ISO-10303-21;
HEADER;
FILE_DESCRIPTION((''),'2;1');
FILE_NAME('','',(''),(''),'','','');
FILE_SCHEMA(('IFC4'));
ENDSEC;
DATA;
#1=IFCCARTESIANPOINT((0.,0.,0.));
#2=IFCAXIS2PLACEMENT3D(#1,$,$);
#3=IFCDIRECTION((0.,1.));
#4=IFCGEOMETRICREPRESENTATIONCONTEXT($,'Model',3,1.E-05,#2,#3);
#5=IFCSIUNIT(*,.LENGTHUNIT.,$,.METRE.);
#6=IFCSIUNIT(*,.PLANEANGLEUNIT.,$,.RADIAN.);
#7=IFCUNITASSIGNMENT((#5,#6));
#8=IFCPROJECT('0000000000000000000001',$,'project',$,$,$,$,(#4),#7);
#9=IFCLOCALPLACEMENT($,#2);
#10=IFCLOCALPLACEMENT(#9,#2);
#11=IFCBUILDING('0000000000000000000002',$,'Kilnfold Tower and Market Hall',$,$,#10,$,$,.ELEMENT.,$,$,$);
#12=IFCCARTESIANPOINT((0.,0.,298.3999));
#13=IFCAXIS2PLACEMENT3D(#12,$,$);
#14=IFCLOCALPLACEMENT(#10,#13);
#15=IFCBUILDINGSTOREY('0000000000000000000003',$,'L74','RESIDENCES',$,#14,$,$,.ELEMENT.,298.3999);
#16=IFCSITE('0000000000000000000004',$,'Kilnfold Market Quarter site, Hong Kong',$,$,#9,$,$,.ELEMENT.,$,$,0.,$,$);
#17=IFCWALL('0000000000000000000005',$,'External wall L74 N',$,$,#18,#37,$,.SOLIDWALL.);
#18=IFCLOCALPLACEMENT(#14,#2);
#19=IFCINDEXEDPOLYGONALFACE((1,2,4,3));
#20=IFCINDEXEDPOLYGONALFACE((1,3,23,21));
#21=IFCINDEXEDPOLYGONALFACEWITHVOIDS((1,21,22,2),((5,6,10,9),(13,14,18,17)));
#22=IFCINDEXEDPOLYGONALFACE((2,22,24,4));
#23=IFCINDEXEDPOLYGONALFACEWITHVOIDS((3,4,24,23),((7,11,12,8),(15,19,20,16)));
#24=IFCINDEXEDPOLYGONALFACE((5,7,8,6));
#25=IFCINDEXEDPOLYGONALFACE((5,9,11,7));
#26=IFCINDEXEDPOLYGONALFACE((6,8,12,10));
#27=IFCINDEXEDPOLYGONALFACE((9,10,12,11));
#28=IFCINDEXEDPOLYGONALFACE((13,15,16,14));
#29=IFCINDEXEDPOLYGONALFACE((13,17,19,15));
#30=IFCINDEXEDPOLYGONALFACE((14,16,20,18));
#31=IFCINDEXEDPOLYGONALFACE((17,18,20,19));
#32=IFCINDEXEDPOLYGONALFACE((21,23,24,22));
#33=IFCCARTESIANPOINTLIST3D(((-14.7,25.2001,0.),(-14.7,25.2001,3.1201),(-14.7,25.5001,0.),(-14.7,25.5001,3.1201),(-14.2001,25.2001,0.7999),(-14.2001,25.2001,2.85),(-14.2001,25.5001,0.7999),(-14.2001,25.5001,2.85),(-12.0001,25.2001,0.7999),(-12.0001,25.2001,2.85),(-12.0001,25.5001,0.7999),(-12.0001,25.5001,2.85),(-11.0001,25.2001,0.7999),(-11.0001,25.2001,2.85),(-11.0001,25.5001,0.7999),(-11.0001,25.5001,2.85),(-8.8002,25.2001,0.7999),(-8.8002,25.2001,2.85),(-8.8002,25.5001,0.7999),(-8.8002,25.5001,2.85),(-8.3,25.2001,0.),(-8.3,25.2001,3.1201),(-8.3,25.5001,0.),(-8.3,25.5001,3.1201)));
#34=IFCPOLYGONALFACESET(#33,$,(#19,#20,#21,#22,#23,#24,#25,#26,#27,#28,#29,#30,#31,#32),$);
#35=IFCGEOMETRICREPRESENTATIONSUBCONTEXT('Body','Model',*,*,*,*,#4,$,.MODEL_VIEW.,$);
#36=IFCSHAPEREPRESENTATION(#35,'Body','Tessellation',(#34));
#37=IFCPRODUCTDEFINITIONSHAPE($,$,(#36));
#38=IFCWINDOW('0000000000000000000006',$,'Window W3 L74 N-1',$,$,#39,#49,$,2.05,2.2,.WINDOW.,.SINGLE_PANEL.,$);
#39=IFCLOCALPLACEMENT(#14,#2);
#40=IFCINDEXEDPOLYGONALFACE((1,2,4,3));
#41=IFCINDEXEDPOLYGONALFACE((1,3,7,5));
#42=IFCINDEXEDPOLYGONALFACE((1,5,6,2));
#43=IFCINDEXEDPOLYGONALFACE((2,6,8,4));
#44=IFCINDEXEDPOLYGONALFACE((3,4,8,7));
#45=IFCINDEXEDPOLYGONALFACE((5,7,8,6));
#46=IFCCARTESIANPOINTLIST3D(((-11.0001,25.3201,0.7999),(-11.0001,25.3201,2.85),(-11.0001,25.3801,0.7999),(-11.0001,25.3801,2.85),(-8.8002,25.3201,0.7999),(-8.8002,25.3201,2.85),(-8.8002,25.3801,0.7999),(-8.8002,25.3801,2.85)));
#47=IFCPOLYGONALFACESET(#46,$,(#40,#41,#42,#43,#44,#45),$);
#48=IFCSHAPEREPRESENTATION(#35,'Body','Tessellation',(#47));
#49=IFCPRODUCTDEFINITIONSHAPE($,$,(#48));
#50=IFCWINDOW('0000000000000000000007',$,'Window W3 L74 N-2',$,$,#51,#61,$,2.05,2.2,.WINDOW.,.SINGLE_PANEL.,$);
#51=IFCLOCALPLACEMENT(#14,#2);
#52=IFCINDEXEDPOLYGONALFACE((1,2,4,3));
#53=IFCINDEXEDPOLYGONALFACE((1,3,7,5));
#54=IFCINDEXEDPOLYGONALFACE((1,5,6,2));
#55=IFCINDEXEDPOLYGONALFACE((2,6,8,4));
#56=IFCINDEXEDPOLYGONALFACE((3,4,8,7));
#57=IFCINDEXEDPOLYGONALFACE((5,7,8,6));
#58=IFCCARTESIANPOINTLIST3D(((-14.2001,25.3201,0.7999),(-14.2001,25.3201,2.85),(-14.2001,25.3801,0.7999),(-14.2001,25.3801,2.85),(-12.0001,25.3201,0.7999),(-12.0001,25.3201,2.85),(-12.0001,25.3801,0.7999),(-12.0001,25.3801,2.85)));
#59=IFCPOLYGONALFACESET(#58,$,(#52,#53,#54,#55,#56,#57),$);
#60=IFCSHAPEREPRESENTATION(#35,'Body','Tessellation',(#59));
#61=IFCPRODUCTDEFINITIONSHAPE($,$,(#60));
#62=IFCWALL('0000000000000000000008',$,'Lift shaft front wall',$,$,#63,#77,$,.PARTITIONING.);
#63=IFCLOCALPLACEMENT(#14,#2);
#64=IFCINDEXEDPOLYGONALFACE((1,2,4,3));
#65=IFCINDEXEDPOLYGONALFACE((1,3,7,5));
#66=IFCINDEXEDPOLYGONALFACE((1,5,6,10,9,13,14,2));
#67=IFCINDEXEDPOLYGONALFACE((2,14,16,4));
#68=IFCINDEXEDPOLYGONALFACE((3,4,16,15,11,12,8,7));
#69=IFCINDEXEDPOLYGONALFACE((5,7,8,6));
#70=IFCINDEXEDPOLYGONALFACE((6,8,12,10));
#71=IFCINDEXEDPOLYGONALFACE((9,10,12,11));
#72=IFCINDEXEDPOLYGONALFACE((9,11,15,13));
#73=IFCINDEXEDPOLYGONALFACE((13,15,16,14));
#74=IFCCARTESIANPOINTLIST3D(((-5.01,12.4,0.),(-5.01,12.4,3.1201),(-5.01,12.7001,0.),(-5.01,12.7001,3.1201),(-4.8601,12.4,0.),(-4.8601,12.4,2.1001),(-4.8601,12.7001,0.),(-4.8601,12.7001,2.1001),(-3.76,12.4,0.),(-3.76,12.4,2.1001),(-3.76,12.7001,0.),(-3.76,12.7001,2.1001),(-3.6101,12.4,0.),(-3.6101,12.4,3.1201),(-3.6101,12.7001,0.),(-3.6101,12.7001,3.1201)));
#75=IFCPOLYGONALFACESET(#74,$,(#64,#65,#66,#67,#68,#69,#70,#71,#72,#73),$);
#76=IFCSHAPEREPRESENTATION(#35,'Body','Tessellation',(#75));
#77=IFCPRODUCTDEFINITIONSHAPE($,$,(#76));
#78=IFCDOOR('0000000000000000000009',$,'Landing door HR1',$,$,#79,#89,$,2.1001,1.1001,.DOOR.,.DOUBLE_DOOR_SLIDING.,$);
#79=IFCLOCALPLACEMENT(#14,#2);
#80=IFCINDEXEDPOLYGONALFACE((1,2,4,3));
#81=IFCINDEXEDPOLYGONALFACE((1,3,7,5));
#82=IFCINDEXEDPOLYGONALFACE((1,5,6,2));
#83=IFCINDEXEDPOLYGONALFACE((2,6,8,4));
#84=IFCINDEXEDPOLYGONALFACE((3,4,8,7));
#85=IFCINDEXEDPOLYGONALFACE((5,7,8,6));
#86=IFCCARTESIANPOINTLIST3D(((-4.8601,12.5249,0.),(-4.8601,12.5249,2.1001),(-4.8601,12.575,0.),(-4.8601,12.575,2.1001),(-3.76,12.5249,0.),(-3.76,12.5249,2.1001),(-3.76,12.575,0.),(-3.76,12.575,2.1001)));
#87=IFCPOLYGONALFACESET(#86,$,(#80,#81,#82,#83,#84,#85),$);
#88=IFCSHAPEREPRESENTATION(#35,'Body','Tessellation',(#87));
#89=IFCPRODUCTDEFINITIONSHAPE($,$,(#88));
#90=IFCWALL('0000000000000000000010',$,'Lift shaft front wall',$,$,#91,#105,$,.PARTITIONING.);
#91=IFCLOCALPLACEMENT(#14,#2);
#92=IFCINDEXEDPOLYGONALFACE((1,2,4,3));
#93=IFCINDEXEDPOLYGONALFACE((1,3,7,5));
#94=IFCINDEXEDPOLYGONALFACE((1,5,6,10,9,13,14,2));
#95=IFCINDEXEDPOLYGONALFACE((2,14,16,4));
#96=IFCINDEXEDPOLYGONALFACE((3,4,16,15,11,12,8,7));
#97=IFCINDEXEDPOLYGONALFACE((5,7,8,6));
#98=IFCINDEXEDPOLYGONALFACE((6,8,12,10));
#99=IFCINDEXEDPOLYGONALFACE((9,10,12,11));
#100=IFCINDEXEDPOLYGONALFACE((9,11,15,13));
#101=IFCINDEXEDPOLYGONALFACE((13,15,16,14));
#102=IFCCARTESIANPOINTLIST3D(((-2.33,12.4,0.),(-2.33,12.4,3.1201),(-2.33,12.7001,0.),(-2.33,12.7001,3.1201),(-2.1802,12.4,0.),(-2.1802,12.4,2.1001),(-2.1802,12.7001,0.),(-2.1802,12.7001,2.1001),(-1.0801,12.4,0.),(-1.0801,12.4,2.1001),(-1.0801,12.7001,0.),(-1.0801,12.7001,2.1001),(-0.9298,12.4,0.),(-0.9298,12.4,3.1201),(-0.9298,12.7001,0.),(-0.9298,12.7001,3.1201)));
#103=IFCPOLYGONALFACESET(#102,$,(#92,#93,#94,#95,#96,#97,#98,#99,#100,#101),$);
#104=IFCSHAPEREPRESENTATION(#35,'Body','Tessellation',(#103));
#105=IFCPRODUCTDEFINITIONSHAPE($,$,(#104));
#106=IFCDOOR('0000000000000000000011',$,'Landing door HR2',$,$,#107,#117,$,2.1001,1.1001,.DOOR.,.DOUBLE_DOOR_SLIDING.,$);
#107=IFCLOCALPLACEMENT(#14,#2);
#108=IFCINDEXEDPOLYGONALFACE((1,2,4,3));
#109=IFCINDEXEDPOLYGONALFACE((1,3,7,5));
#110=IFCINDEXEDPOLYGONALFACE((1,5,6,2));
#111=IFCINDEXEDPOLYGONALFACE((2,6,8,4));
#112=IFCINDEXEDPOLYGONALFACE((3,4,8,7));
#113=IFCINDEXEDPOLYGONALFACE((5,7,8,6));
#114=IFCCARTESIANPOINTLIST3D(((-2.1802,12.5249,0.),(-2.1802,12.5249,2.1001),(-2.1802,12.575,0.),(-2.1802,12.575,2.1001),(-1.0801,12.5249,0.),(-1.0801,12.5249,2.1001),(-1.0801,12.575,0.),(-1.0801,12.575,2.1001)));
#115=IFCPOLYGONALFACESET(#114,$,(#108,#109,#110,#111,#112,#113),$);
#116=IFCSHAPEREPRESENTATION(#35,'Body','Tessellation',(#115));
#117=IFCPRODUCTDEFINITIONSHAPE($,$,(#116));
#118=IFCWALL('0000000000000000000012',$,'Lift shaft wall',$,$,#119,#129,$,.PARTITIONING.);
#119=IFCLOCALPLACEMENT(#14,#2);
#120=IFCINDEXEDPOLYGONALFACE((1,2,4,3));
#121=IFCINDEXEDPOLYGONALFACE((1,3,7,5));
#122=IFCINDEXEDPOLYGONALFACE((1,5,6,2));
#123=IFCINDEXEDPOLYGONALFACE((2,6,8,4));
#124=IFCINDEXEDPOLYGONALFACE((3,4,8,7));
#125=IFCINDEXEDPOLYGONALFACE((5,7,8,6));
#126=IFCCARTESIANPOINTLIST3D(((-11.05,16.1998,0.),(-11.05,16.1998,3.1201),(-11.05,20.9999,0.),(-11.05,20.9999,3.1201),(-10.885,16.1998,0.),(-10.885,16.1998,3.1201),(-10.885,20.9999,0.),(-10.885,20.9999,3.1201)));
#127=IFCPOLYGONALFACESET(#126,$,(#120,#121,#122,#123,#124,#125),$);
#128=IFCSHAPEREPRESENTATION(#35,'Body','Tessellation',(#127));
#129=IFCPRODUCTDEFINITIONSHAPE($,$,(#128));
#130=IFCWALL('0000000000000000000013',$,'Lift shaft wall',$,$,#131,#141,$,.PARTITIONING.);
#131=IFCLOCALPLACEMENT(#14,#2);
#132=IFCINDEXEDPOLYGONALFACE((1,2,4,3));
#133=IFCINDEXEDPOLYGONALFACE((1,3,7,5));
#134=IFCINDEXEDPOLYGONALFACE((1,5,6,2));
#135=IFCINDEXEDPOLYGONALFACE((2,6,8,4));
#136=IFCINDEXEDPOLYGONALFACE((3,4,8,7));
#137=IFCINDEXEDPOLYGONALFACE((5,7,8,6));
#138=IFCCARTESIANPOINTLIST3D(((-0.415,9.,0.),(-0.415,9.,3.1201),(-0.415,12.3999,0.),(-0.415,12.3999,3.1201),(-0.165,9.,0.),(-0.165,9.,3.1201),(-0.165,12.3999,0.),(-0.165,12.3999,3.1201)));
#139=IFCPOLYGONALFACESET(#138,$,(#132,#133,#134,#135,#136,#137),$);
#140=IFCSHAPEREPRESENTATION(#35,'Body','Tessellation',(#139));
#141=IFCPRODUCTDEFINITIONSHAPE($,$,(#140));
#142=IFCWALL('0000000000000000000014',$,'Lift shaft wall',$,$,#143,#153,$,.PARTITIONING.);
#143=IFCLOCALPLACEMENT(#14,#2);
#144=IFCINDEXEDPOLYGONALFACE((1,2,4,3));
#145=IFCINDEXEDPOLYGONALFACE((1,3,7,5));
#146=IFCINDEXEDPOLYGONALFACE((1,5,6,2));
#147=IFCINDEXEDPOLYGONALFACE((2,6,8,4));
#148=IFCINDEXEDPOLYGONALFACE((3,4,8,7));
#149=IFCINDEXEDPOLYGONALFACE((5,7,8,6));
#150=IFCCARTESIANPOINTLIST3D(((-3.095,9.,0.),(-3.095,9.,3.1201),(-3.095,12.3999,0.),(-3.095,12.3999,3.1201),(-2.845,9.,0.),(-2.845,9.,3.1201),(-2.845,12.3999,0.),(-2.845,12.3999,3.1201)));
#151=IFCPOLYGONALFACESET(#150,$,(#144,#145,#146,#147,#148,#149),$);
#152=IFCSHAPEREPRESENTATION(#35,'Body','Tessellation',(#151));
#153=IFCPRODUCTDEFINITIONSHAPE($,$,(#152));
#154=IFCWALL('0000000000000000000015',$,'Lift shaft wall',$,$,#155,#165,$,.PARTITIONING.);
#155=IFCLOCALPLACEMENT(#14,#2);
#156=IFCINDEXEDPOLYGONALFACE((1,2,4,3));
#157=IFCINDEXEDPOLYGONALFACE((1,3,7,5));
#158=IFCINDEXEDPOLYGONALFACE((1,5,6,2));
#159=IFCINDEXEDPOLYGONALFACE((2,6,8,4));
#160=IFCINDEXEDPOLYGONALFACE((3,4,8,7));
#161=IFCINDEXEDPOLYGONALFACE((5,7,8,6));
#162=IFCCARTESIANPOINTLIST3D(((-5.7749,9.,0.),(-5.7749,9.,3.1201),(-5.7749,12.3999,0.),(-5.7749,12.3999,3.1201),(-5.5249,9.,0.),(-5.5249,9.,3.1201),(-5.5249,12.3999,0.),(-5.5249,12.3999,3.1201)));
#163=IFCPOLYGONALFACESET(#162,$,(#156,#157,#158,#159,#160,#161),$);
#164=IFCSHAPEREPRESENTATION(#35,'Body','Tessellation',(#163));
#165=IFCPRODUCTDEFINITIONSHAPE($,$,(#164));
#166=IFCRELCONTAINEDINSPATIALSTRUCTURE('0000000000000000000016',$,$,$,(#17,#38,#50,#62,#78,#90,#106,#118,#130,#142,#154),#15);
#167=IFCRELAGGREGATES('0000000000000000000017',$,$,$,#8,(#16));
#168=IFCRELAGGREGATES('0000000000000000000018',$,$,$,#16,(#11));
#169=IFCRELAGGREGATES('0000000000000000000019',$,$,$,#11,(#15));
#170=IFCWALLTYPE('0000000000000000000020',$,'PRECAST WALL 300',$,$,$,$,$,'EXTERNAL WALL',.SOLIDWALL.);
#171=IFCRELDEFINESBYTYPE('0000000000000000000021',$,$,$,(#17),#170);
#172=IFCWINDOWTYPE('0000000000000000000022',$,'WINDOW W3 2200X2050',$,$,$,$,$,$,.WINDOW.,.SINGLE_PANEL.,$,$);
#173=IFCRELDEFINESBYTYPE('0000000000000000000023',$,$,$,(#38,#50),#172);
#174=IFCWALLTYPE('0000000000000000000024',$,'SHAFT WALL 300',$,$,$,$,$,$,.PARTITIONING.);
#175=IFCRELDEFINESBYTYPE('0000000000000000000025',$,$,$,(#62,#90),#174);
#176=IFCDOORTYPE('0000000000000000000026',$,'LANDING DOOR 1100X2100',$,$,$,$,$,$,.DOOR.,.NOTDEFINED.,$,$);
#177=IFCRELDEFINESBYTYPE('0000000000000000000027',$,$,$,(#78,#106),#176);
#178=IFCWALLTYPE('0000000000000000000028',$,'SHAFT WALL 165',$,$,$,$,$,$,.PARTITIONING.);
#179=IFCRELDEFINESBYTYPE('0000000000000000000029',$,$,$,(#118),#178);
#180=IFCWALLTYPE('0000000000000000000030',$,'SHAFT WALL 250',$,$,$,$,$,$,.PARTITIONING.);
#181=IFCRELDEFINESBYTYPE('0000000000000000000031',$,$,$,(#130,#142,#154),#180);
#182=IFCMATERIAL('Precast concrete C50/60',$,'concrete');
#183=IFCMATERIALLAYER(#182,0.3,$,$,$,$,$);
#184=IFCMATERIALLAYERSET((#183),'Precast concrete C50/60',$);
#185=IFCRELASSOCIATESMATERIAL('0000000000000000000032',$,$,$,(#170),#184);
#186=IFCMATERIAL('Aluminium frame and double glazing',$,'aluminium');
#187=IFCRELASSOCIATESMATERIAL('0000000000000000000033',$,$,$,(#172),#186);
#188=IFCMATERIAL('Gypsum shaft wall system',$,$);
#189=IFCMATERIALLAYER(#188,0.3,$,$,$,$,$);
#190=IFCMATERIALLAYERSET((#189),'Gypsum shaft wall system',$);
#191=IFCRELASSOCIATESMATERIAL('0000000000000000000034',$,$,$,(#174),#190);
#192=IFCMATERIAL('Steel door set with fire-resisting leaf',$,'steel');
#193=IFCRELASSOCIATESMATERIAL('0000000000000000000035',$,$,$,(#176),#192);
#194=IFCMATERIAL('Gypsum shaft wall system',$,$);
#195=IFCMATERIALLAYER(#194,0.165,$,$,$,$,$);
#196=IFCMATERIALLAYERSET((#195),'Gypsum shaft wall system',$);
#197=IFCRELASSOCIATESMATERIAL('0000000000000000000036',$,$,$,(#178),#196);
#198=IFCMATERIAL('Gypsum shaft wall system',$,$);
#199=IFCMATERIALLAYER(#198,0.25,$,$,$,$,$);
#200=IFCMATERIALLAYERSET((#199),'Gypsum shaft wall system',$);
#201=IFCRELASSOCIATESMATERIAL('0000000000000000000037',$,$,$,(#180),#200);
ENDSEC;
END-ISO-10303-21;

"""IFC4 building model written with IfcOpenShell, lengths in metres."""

from ifc_helpers import new_model, si_unit, direction, frame, frame_2d, origin, place, context, subcontext, project, spatial, rectangle, extrude, source, transform, mapped, material, layer, layer_set, type_object, element, fill, save


model = new_model("IFC4")

# Units and contexts
model_context = context("Model", 3, precision=1e-05, world=origin(), true_north=direction((0.0, 1.0)))
body_context = subcontext(model_context, "Body", "Model", "MODEL_VIEW")
ifc_project = project(units=[si_unit("LENGTHUNIT", "METRE"), si_unit("PLANEANGLEUNIT", "RADIAN")], contexts=[model_context])

# Site, building, storey
site_placement = place(None, origin())
site = spatial("IfcSite", under=ifc_project, at=site_placement, Name="Kilnfold Market Quarter site, Hong Kong", CompositionType="ELEMENT", RefElevation=0.0)
building_placement = place(site_placement, origin())
building = spatial("IfcBuilding", under=site, at=building_placement, Name="Kilnfold Tower and Market Hall", CompositionType="ELEMENT")
storey_placement = place(building_placement, frame((0.0, 0.0, 298.3999)))
storey = spatial("IfcBuildingStorey", under=building, at=storey_placement, Name="L74", Description="RESIDENCES", CompositionType="ELEMENT", Elevation=298.3999)

# Wall, openings, windows
ifc_material_1 = material(Name="Precast concrete C50/60", Category="concrete")
ifc_layer_1 = layer(ifc_material_1, 0.3)
ifc_layer_set_1 = layer_set([ifc_layer_1], Name="Precast concrete C50/60")
wall_type_1 = type_object("IfcWallType", Name="PRECAST WALL 300", ElementType="EXTERNAL WALL", PredefinedType="SOLIDWALL", material=ifc_layer_set_1)
shared_shape_1 = source(origin(), body_context, "Body", "SweptSolid", [
    extrude(rectangle(XDim=6.3999, YDim=0.3, at=frame_2d((3.2, 0.0))), origin(), (0.0, 0.0, 1.0), 3.1201),
])
ifc_material_2 = material(Name="Aluminium frame and double glazing", Category="aluminium")
window_type = type_object("IfcWindowType", Name="WINDOW W3 2200X2050", PartitioningType="SINGLE_PANEL", PredefinedType="WINDOW", material=ifc_material_2)
wall_1_placement = place(storey_placement, frame((-8.3, 25.3501, 0.0), z_axis=(0.0, 0.0, 1.0), x_axis=(-1.0, 0.0, 0.0)))
wall_1 = element("IfcWall", 1, at=wall_1_placement, inside=storey, type_object=wall_type_1, Name="External wall L74 N", PredefinedType="SOLIDWALL", context=body_context, shape_type="MappedRepresentation", body=[
    mapped(shared_shape_1, transform((0.0, 0.0, 0.0))),
])
opening_1_placement = place(wall_1_placement, frame((0.5, 0.0, 0.8)))
opening_1 = element("IfcOpeningElement", 2, at=opening_1_placement, cuts=wall_1, PredefinedType="OPENING", context=body_context, shape_type="SweptSolid", body=[
    extrude(rectangle(XDim=2.2, YDim=2.05, at=frame_2d((1.1001, 1.0249))), frame((0.0, 0.1602, 0.0), z_axis=(0.0, -1.0, 0.0), x_axis=(1.0, 0.0, 0.0)), (0.0, 0.0, 1.0), 0.3201),
])
opening_2_placement = place(wall_1_placement, frame((3.7, 0.0, 0.8)))
opening_2 = element("IfcOpeningElement", 3, at=opening_2_placement, cuts=wall_1, PredefinedType="OPENING", context=body_context, shape_type="SweptSolid", body=[
    extrude(rectangle(XDim=2.2, YDim=2.05, at=frame_2d((1.1001, 1.0249))), frame((0.0, 0.1602, 0.0), z_axis=(0.0, -1.0, 0.0), x_axis=(1.0, 0.0, 0.0)), (0.0, 0.0, 1.0), 0.3201),
])
window_1_placement = place(opening_1_placement, origin())
window_1 = element("IfcWindow", 4, at=window_1_placement, inside=storey, type_object=window_type, Name="Window W3 L74 N-1", OverallHeight=2.05, OverallWidth=2.2, PartitioningType="SINGLE_PANEL", PredefinedType="WINDOW", context=body_context, shape_type="SweptSolid", body=[
    extrude(rectangle(XDim=2.2, YDim=2.05, at=frame_2d((1.1001, 1.0249))), frame((0.0, 0.03, 0.0), z_axis=(0.0, -1.0, 0.0), x_axis=(1.0, 0.0, 0.0)), (0.0, 0.0, 1.0), 0.0601),
])
fill(opening_1, window_1)
window_2_placement = place(opening_2_placement, origin())
window_2 = element("IfcWindow", 5, at=window_2_placement, inside=storey, type_object=window_type, Name="Window W3 L74 N-2", OverallHeight=2.05, OverallWidth=2.2, PartitioningType="SINGLE_PANEL", PredefinedType="WINDOW", context=body_context, shape_type="SweptSolid", body=[
    extrude(rectangle(XDim=2.2, YDim=2.05, at=frame_2d((1.1001, 1.0249))), frame((0.0, 0.03, 0.0), z_axis=(0.0, -1.0, 0.0), x_axis=(1.0, 0.0, 0.0)), (0.0, 0.0, 1.0), 0.0601),
])
fill(opening_2, window_2)

# Walls, openings, doors
ifc_material_3 = material(Name="Gypsum shaft wall system")
ifc_layer_2 = layer(ifc_material_3, 0.3)
ifc_layer_set_2 = layer_set([ifc_layer_2], Name="Gypsum shaft wall system")
wall_type_2 = type_object("IfcWallType", Name="SHAFT WALL 300", PredefinedType="PARTITIONING", material=ifc_layer_set_2)
shared_shape_2 = source(origin(), body_context, "Body", "SweptSolid", [
    extrude(rectangle(XDim=1.3999, YDim=0.3, at=frame_2d((0.7, 0.0))), origin(), (0.0, 0.0, 1.0), 3.1201),
])
wall_2_placement = place(storey_placement, frame((-5.01, 12.55, 0.0), z_axis=(0.0, 0.0, 1.0), x_axis=(1.0, 0.0, 0.0)))
wall_2 = element("IfcWall", 6, at=wall_2_placement, inside=storey, type_object=wall_type_2, Name="Lift shaft front wall", PredefinedType="PARTITIONING", context=body_context, shape_type="MappedRepresentation", body=[
    mapped(shared_shape_2, transform((0.0, 0.0, 0.0))),
])
opening_3_placement = place(wall_2_placement, frame((0.1499, 0.0, 0.0)))
opening_3 = element("IfcOpeningElement", 7, at=opening_3_placement, cuts=wall_2, PredefinedType="OPENING", context=body_context, shape_type="SweptSolid", body=[
    extrude(rectangle(XDim=1.1001, YDim=2.1001, at=frame_2d((0.55, 1.05))), frame((0.0, 0.1602, 0.0), z_axis=(0.0, -1.0, 0.0), x_axis=(1.0, 0.0, 0.0)), (0.0, 0.0, 1.0), 0.3201),
])
ifc_material_4 = material(Name="Steel door set with fire-resisting leaf", Category="steel")
door_type = type_object("IfcDoorType", Name="LANDING DOOR 1100X2100", OperationType="NOTDEFINED", PredefinedType="DOOR", material=ifc_material_4)
door_1_placement = place(opening_3_placement, origin())
door_1 = element("IfcDoor", 8, at=door_1_placement, inside=storey, type_object=door_type, Name="Landing door HR1", OperationType="DOUBLE_DOOR_SLIDING", OverallHeight=2.1001, OverallWidth=1.1001, PredefinedType="DOOR", context=body_context, shape_type="SweptSolid", body=[
    extrude(rectangle(XDim=1.1001, YDim=2.1001, at=frame_2d((0.55, 1.05))), frame((0.0, 0.0249, 0.0), z_axis=(0.0, -1.0, 0.0), x_axis=(1.0, 0.0, 0.0)), (0.0, 0.0, 1.0), 0.05),
])
fill(opening_3, door_1)
shared_shape_3 = source(origin(), body_context, "Body", "SweptSolid", [
    extrude(rectangle(XDim=1.4001, YDim=0.3, at=frame_2d((0.7002, 0.0))), origin(), (0.0, 0.0, 1.0), 3.1201),
])
wall_3_placement = place(storey_placement, frame((-2.3301, 12.55, 0.0), z_axis=(0.0, 0.0, 1.0), x_axis=(1.0, 0.0, 0.0)))
wall_3 = element("IfcWall", 9, at=wall_3_placement, inside=storey, type_object=wall_type_2, Name="Lift shaft front wall", PredefinedType="PARTITIONING", context=body_context, shape_type="MappedRepresentation", body=[
    mapped(shared_shape_3, transform((0.0, 0.0, 0.0))),
])
opening_4_placement = place(wall_3_placement, frame((0.1499, 0.0, 0.0)))
opening_4 = element("IfcOpeningElement", 10, at=opening_4_placement, cuts=wall_3, PredefinedType="OPENING", context=body_context, shape_type="SweptSolid", body=[
    extrude(rectangle(XDim=1.1001, YDim=2.1001, at=frame_2d((0.55, 1.05))), frame((0.0, 0.1602, 0.0), z_axis=(0.0, -1.0, 0.0), x_axis=(1.0, 0.0, 0.0)), (0.0, 0.0, 1.0), 0.3201),
])
door_2_placement = place(opening_4_placement, origin())
door_2 = element("IfcDoor", 11, at=door_2_placement, inside=storey, type_object=door_type, Name="Landing door HR2", OperationType="DOUBLE_DOOR_SLIDING", OverallHeight=2.1001, OverallWidth=1.1001, PredefinedType="DOOR", context=body_context, shape_type="SweptSolid", body=[
    extrude(rectangle(XDim=1.1001, YDim=2.1001, at=frame_2d((0.55, 1.05))), frame((0.0, 0.0249, 0.0), z_axis=(0.0, -1.0, 0.0), x_axis=(1.0, 0.0, 0.0)), (0.0, 0.0, 1.0), 0.05),
])
fill(opening_4, door_2)

# Walls
ifc_material_5 = material(Name="Gypsum shaft wall system")
ifc_layer_3 = layer(ifc_material_5, 0.165)
ifc_layer_set_3 = layer_set([ifc_layer_3], Name="Gypsum shaft wall system")
wall_type_3 = type_object("IfcWallType", Name="SHAFT WALL 165", PredefinedType="PARTITIONING", material=ifc_layer_set_3)
shared_shape_4 = source(origin(), body_context, "Body", "SweptSolid", [
    extrude(rectangle(XDim=4.8, YDim=0.165, at=frame_2d((2.3999, 0.0))), origin(), (0.0, 0.0, 1.0), 3.1201),
])
wall_4_placement = place(storey_placement, frame((-10.9675, 16.2, 0.0), z_axis=(0.0, 0.0, 1.0), x_axis=(0.0, 1.0, 0.0)))
element("IfcWall", 12, at=wall_4_placement, inside=storey, type_object=wall_type_3, Name="Lift shaft wall", PredefinedType="PARTITIONING", context=body_context, shape_type="MappedRepresentation", body=[
    mapped(shared_shape_4, transform((0.0, 0.0, 0.0))),
])
ifc_material_6 = material(Name="Gypsum shaft wall system")
ifc_layer_4 = layer(ifc_material_6, 0.25)
ifc_layer_set_4 = layer_set([ifc_layer_4], Name="Gypsum shaft wall system")
wall_type_4 = type_object("IfcWallType", Name="SHAFT WALL 250", PredefinedType="PARTITIONING", material=ifc_layer_set_4)
shared_shape_5 = source(origin(), body_context, "Body", "SweptSolid", [
    extrude(rectangle(XDim=3.3999, YDim=0.25, at=frame_2d((1.7, 0.0))), origin(), (0.0, 0.0, 1.0), 3.1201),
])
for number, where, z_axis, x_axis, name in (
    (13, (-0.29, 9.0, 0.0), (0.0, 0.0, 1.0), (0.0, 1.0, 0.0), "Lift shaft wall"),
    (14, (-2.97, 9.0, 0.0), (0.0, 0.0, 1.0), (0.0, 1.0, 0.0), "Lift shaft wall"),
    (15, (-5.6499, 9.0, 0.0), (0.0, 0.0, 1.0), (0.0, 1.0, 0.0), "Lift shaft wall"),
):
    element("IfcWall", number, at=place(storey_placement, frame(where, z_axis=z_axis, x_axis=x_axis)), inside=storey, type_object=wall_type_4, Name=name, PredefinedType="PARTITIONING", context=body_context, shape_type="MappedRepresentation", body=[
        mapped(shared_shape_5, transform((0.0, 0.0, 0.0))),
    ])

save(model, "model.ifc")
